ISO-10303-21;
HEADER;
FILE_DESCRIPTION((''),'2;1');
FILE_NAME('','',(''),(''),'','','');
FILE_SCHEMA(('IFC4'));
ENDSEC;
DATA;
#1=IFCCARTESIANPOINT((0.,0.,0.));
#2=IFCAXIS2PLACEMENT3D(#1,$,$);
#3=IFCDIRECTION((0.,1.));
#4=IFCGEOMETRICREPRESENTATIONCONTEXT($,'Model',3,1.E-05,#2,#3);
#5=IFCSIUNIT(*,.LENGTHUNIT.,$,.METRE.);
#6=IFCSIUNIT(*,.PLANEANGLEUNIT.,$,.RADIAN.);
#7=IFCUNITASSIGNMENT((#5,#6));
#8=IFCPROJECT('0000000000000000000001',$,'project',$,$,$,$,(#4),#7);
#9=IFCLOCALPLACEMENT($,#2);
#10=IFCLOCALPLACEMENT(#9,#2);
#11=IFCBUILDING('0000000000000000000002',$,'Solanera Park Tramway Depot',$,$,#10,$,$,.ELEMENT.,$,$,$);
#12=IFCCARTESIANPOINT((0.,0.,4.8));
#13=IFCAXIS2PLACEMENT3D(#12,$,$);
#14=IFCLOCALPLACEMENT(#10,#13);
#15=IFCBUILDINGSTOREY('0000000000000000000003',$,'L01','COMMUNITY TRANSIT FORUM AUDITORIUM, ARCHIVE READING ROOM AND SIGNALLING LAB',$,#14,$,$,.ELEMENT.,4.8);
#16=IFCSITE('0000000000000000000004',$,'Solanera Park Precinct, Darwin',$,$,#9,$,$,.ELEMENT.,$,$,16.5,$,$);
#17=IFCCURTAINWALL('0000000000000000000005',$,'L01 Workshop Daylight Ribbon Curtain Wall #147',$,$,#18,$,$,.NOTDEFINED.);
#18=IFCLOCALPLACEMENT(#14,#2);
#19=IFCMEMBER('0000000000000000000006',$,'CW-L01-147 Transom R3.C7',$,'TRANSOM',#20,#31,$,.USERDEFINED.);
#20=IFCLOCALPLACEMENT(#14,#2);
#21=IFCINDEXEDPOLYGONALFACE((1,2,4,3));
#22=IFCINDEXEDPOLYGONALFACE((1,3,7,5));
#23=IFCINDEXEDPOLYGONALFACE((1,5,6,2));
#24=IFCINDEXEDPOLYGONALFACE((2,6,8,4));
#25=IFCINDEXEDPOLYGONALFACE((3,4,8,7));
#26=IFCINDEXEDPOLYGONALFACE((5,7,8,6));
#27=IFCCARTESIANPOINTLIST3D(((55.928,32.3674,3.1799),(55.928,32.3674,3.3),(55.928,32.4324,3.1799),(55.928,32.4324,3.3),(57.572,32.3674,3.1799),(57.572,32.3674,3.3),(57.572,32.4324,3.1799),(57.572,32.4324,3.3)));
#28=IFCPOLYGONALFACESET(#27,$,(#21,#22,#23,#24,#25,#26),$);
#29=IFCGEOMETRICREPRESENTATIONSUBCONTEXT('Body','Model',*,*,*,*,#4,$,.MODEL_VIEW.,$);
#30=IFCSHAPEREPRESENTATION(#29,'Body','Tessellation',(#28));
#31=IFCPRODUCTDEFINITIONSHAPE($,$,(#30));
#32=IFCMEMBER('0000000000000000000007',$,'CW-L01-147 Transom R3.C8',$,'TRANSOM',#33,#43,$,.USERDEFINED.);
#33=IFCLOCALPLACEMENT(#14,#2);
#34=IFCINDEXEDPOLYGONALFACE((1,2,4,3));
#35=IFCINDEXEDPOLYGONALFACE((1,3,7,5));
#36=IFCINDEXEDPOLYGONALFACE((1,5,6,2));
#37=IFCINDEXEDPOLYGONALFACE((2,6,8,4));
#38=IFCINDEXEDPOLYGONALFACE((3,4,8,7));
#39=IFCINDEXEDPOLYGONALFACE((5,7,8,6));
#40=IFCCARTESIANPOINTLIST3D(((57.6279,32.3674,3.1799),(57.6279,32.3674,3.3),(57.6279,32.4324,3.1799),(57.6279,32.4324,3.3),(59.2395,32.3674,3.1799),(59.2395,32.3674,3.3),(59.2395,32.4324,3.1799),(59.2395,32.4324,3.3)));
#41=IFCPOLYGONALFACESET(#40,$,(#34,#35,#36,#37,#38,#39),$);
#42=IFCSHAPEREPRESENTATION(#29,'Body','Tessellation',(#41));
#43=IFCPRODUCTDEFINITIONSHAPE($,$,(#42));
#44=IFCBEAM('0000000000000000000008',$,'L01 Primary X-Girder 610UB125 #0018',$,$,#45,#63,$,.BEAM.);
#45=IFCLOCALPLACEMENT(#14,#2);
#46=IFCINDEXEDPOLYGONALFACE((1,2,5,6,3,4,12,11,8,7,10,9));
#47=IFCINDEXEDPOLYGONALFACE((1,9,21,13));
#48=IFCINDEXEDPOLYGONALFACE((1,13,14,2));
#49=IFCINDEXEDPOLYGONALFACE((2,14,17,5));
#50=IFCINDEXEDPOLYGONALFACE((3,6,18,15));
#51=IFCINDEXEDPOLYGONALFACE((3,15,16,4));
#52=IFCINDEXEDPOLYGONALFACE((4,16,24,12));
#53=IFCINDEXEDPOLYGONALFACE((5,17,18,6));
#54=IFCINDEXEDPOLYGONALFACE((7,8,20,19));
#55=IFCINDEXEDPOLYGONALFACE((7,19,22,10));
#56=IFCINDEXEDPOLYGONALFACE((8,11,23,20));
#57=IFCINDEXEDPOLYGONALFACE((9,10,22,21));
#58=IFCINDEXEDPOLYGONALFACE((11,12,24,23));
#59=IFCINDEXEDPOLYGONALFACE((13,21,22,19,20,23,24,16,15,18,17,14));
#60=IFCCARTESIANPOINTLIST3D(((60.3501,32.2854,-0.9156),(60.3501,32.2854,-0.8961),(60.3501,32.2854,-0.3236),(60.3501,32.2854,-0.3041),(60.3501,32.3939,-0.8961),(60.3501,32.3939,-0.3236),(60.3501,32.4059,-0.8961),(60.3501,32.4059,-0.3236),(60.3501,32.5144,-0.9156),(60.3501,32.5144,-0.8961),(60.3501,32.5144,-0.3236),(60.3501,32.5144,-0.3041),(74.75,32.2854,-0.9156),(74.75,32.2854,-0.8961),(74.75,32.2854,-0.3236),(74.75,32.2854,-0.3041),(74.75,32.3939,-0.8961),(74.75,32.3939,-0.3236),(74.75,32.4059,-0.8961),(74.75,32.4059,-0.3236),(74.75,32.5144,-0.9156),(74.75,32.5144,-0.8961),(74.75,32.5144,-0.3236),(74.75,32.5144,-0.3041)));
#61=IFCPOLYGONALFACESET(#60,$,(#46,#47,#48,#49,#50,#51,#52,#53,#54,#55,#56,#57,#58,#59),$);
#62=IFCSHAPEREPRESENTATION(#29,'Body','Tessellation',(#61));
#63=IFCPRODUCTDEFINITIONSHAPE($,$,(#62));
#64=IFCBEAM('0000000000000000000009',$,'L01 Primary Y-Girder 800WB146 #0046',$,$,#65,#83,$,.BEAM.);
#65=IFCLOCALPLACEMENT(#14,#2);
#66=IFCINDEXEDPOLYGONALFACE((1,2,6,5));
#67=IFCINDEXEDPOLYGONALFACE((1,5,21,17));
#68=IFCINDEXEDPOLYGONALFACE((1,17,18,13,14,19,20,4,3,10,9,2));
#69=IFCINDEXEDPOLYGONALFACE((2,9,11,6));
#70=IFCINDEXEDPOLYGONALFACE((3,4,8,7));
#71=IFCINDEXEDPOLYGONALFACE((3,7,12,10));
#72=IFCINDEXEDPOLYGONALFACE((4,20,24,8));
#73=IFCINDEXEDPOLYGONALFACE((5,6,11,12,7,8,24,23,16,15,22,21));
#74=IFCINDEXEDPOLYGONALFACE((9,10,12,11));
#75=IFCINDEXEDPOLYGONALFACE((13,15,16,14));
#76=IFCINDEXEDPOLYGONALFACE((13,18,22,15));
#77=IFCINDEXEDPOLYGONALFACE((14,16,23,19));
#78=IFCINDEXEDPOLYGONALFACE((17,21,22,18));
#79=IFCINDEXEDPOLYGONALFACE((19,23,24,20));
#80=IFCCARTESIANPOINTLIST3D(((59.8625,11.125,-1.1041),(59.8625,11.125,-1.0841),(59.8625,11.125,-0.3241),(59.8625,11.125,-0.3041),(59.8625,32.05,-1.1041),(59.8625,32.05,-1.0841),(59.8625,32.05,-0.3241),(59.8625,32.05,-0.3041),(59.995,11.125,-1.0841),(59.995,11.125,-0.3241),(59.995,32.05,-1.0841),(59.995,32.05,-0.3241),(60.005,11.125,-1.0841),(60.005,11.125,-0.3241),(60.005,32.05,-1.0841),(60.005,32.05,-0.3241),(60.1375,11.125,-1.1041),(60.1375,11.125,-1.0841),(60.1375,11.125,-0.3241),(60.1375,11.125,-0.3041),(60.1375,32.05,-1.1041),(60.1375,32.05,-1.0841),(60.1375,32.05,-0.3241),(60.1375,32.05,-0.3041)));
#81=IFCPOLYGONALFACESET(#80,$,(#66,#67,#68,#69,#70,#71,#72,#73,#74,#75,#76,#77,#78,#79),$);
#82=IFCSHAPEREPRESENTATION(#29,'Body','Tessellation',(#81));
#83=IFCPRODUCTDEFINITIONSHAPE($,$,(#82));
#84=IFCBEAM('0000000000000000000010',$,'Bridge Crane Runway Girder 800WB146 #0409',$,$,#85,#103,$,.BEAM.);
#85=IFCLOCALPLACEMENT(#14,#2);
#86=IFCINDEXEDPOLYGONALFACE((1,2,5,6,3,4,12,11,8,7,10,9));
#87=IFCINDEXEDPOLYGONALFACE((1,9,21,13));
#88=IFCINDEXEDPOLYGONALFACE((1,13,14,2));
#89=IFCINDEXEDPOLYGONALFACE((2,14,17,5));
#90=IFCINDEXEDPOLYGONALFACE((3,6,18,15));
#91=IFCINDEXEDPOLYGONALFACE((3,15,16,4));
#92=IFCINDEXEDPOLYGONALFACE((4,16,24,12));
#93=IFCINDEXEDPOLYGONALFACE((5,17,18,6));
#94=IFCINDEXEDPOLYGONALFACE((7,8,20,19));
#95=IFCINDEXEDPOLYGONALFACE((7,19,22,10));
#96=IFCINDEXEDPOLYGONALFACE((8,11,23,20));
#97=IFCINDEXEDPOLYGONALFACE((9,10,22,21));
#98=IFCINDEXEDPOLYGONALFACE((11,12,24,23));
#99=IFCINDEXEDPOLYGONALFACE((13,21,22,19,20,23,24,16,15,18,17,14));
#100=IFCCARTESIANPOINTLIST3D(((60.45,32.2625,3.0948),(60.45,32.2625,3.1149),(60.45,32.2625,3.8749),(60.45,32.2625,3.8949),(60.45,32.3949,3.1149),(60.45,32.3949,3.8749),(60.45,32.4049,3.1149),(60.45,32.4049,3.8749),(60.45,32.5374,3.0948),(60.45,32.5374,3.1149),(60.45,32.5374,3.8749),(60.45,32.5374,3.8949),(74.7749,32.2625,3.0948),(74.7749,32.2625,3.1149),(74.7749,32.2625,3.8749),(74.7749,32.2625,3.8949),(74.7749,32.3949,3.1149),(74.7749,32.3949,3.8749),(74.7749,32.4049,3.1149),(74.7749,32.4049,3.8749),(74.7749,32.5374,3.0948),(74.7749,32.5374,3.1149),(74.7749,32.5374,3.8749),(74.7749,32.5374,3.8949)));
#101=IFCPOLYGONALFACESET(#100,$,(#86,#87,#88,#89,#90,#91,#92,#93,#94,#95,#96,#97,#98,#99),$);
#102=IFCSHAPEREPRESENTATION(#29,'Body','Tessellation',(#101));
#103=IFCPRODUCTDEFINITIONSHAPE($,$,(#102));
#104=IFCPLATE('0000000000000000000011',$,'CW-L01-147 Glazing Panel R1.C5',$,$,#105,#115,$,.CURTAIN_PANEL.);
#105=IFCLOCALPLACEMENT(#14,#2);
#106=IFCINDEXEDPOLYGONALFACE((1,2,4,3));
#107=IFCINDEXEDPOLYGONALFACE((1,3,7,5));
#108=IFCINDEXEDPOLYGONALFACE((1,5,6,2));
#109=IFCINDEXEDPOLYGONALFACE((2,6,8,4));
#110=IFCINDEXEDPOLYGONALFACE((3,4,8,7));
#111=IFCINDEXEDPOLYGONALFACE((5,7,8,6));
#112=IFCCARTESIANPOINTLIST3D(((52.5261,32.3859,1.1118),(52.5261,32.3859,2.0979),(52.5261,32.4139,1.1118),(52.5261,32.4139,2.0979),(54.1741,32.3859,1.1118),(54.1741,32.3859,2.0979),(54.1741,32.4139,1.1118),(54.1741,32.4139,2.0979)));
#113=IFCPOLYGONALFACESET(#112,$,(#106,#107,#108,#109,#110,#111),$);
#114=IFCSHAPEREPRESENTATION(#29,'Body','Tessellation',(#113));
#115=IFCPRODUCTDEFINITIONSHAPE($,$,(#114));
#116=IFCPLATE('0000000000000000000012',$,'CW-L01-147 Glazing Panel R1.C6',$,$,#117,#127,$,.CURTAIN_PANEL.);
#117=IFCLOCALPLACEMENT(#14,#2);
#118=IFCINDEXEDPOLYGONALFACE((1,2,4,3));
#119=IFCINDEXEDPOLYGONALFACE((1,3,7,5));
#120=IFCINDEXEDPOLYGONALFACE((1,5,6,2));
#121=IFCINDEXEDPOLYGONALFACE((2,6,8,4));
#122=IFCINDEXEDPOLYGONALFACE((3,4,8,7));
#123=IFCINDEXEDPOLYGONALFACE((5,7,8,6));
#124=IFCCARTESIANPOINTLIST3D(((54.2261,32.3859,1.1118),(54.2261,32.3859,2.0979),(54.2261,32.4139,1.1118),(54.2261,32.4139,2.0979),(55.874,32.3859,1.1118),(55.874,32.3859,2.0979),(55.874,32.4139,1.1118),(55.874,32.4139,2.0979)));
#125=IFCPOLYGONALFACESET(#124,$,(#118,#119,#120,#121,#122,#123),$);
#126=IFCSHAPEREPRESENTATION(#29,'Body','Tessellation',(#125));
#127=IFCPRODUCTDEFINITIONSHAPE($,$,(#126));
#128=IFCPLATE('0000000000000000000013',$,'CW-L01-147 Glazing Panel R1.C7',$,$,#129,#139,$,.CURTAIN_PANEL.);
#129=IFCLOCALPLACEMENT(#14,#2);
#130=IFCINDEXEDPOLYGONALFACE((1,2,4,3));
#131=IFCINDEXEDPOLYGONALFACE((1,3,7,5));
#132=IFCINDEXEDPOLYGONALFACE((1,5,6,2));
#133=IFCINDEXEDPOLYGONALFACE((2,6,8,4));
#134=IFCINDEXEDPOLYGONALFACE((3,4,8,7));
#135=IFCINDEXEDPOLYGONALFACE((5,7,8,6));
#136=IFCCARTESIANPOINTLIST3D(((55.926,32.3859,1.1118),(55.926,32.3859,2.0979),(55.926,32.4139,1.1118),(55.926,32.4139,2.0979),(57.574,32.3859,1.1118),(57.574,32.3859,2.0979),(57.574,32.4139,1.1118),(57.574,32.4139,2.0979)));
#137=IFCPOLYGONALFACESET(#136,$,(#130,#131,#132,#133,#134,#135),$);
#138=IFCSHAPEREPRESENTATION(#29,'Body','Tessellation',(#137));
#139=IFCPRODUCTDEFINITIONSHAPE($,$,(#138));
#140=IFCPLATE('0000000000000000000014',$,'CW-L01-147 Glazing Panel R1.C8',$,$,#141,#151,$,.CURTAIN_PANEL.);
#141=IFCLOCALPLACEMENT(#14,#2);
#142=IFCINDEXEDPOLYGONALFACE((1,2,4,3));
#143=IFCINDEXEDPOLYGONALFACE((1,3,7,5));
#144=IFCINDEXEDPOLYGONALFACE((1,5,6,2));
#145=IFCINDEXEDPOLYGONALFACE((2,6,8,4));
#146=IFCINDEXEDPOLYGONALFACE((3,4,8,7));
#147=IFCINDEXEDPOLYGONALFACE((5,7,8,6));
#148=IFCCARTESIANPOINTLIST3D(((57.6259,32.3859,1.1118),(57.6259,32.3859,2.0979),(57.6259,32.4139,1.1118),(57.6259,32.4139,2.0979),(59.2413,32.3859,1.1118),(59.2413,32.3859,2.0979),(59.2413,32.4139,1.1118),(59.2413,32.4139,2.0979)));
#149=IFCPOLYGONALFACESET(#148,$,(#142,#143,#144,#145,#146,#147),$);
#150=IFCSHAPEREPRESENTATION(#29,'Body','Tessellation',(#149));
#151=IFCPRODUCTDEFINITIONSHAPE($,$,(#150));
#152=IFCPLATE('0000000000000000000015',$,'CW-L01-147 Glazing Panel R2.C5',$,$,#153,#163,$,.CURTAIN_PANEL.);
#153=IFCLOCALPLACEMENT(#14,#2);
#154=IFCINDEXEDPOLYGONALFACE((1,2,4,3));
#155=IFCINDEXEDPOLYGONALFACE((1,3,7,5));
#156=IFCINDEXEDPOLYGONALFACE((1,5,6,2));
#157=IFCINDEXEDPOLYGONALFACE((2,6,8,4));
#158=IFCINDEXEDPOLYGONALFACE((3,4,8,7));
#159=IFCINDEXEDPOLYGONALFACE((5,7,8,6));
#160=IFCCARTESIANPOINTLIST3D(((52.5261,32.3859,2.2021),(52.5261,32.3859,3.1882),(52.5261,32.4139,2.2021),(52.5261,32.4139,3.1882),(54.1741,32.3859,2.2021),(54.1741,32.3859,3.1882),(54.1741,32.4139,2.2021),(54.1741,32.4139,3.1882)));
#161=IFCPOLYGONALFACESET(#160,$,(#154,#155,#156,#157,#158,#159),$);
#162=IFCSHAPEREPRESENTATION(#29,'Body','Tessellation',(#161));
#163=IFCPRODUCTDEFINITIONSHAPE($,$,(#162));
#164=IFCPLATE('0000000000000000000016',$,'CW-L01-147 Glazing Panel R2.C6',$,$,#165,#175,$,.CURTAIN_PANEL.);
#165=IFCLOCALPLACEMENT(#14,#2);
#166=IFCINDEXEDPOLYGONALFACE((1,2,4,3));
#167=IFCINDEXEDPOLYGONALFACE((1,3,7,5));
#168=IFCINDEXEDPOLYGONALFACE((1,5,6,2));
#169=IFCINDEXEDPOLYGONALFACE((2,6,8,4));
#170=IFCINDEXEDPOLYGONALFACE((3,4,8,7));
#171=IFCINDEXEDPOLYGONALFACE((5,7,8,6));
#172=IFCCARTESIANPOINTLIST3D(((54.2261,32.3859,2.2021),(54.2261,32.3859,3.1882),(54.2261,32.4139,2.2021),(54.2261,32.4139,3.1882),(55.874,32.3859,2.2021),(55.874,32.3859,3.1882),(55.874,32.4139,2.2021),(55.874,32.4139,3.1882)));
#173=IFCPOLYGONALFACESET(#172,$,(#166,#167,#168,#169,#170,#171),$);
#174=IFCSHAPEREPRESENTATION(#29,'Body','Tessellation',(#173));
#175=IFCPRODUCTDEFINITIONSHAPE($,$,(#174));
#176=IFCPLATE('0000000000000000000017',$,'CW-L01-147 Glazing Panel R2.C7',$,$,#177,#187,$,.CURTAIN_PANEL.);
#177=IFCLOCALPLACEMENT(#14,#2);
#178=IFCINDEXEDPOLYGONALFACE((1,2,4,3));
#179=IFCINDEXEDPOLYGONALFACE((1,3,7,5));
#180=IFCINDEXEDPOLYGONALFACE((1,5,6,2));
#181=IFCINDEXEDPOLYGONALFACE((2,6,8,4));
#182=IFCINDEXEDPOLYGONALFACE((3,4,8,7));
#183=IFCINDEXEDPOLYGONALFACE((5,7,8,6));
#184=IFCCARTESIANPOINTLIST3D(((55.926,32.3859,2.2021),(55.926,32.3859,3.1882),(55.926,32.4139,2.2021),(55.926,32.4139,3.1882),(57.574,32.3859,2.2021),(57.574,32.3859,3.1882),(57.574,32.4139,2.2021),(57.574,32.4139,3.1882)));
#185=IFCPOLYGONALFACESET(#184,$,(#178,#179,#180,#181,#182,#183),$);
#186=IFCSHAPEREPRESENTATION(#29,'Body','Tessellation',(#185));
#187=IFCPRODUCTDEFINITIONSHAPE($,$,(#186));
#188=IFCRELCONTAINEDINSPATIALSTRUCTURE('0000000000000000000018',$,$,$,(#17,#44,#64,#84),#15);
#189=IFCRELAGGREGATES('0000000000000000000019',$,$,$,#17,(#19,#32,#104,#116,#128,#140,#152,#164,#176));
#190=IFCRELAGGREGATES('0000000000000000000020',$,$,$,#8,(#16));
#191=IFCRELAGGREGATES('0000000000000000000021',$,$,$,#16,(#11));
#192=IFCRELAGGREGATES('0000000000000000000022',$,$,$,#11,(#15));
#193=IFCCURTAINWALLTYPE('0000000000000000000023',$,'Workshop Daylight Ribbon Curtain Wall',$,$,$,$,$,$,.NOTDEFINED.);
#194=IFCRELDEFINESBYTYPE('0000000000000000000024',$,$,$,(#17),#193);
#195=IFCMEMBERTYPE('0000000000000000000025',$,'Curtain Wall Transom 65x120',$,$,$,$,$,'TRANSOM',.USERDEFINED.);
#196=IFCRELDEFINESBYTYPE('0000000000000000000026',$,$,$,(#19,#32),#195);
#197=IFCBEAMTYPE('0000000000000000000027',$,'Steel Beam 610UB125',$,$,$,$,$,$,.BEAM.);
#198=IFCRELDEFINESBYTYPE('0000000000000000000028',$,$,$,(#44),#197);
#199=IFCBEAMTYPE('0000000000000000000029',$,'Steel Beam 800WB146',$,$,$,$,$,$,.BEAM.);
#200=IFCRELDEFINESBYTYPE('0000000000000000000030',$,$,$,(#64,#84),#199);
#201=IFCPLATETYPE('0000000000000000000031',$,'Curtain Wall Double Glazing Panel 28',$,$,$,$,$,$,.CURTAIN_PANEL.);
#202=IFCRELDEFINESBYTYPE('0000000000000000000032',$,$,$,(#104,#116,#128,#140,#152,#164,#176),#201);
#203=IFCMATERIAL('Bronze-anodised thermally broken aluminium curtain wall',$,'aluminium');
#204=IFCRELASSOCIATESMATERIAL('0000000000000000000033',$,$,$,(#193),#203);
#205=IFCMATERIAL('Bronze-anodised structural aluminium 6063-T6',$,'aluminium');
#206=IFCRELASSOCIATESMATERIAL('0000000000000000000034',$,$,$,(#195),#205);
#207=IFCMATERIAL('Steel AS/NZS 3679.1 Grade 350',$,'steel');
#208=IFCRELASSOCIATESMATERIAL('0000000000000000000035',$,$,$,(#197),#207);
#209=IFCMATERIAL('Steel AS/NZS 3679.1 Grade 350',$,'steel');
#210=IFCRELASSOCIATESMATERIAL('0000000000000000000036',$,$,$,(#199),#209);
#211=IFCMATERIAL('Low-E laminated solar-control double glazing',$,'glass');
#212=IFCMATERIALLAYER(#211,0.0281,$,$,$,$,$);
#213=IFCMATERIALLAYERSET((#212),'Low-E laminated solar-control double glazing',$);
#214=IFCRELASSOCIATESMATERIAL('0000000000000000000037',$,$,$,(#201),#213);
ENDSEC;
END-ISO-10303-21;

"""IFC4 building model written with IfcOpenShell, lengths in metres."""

from ifc_helpers import new_model, si_unit, direction, frame, origin, origin_2d, place, context, subcontext, project, spatial, rectangle, i_section, extrude, material, layer, layer_set, material_profile, profile_set, type_object, element, aggregate, save


model = new_model("IFC4")

# Units and contexts
model_context = context("Model", 3, precision=1e-05, world=origin(), true_north=direction((0.0, 1.0)))
body_context = subcontext(model_context, "Body", "Model", "MODEL_VIEW")
ifc_project = project(units=[si_unit("LENGTHUNIT", "METRE"), si_unit("PLANEANGLEUNIT", "RADIAN")], contexts=[model_context])

# Site, building, storey
site_placement = place(None, origin())
site = spatial("IfcSite", under=ifc_project, at=site_placement, Name="Solanera Park Precinct, Darwin", CompositionType="ELEMENT", RefElevation=16.5)
building_placement = place(site_placement, origin())
building = spatial("IfcBuilding", under=site, at=building_placement, Name="Solanera Park Tramway Depot", CompositionType="ELEMENT")
storey_placement = place(building_placement, frame((0.0, 0.0, 4.8)))
storey = spatial("IfcBuildingStorey", under=building, at=storey_placement, Name="L01", Description="COMMUNITY TRANSIT FORUM AUDITORIUM, ARCHIVE READING ROOM AND SIGNALLING LAB", CompositionType="ELEMENT", Elevation=4.8)

# Curtain wall
ifc_material_1 = material(Name="Bronze-anodised thermally broken aluminium curtain wall", Category="aluminium")
curtain_wall_type = type_object("IfcCurtainWallType", Name="Workshop Daylight Ribbon Curtain Wall", PredefinedType="NOTDEFINED", material=ifc_material_1)
curtain_wall_1_placement = place(storey_placement, origin())
curtain_wall_1 = element("IfcCurtainWall", 1, at=curtain_wall_1_placement, inside=storey, type_object=curtain_wall_type, Name="L01 Workshop Daylight Ribbon Curtain Wall #147", PredefinedType="NOTDEFINED")

# Members
ifc_material_2 = material(Name="Bronze-anodised structural aluminium 6063-T6", Category="aluminium")
ifc_material_profile_1 = material_profile(ifc_material_2, rectangle(XDim=0.0649, YDim=0.1201, at=origin_2d()), Name="Curtain Wall Transom 65x120")
ifc_profile_set_1 = profile_set([ifc_material_profile_1], Name="Bronze-anodised structural aluminium 6063-T6")
member_type_1 = type_object("IfcMemberType", Name="Curtain Wall Transom 65x120", ElementType="TRANSOM", PredefinedType="USERDEFINED", material=ifc_profile_set_1)
member_1_placement = place(storey_placement, frame((55.928, 32.3999, 3.24), z_axis=(1.0, 0.0, 0.0), x_axis=(0.0, 1.0, 0.0)))
member_1 = element("IfcMember", 2, at=member_1_placement, type_object=member_type_1, Name="CW-L01-147 Transom R3.C7", ObjectType="TRANSOM", PredefinedType="USERDEFINED", context=body_context, shape_type="SweptSolid", body=[
    extrude(rectangle(XDim=0.0649, YDim=0.1201, at=origin_2d()), origin(), (0.0, 0.0, 1.0), 1.644),
])
member_2_placement = place(storey_placement, frame((57.6279, 32.3999, 3.24), z_axis=(1.0, 0.0, 0.0), x_axis=(0.0, 1.0, 0.0)))
member_2 = element("IfcMember", 3, at=member_2_placement, type_object=member_type_1, Name="CW-L01-147 Transom R3.C8", ObjectType="TRANSOM", PredefinedType="USERDEFINED", context=body_context, shape_type="SweptSolid", body=[
    extrude(rectangle(XDim=0.0649, YDim=0.1201, at=origin_2d()), origin(), (0.0, 0.0, 1.0), 1.6116),
])

# Beams
ifc_material_3 = material(Name="Steel AS/NZS 3679.1 Grade 350", Category="steel")
ifc_material_profile_2 = material_profile(ifc_material_3, i_section(OverallWidth=0.229, OverallDepth=0.6116, WebThickness=0.012, FlangeThickness=0.0195, at=origin_2d()), Name="610UB125")
ifc_profile_set_2 = profile_set([ifc_material_profile_2], Name="Steel AS/NZS 3679.1 Grade 350")
beam_type_1 = type_object("IfcBeamType", Name="Steel Beam 610UB125", PredefinedType="BEAM", material=ifc_profile_set_2)
beam_1_placement = place(storey_placement, frame((60.3501, 32.3999, -0.6099), z_axis=(1.0, 0.0, 0.0), x_axis=(0.0, 1.0, 0.0)))
element("IfcBeam", 4, at=beam_1_placement, inside=storey, type_object=beam_type_1, Name="L01 Primary X-Girder 610UB125 #0018", PredefinedType="BEAM", context=body_context, shape_type="SweptSolid", body=[
    extrude(i_section(OverallWidth=0.229, OverallDepth=0.6116, WebThickness=0.012, FlangeThickness=0.0195, at=origin_2d()), origin(), (0.0, 0.0, 1.0), 14.3999),
])
ifc_material_4 = material(Name="Steel AS/NZS 3679.1 Grade 350", Category="steel")
ifc_material_profile_3 = material_profile(ifc_material_4, i_section(OverallWidth=0.2749, OverallDepth=0.8, WebThickness=0.01, FlangeThickness=0.02, at=origin_2d()), Name="800WB146")
ifc_profile_set_3 = profile_set([ifc_material_profile_3], Name="Steel AS/NZS 3679.1 Grade 350")
beam_type_2 = type_object("IfcBeamType", Name="Steel Beam 800WB146", PredefinedType="BEAM", material=ifc_profile_set_3)
beam_2_placement = place(storey_placement, frame((60.0, 11.125, -0.7041), z_axis=(0.0, 1.0, 0.0), x_axis=(-1.0, 0.0, 0.0)))
element("IfcBeam", 5, at=beam_2_placement, inside=storey, type_object=beam_type_2, Name="L01 Primary Y-Girder 800WB146 #0046", PredefinedType="BEAM", context=body_context, shape_type="SweptSolid", body=[
    extrude(i_section(OverallWidth=0.2749, OverallDepth=0.8, WebThickness=0.01, FlangeThickness=0.02, at=origin_2d()), origin(), (0.0, 0.0, 1.0), 20.925),
])
beam_3_placement = place(storey_placement, frame((60.45, 32.3999, 3.4949), z_axis=(1.0, 0.0, 0.0), x_axis=(0.0, 1.0, 0.0)))
element("IfcBeam", 6, at=beam_3_placement, inside=storey, type_object=beam_type_2, Name="Bridge Crane Runway Girder 800WB146 #0409", PredefinedType="BEAM", context=body_context, shape_type="SweptSolid", body=[
    extrude(i_section(OverallWidth=0.2749, OverallDepth=0.8, WebThickness=0.01, FlangeThickness=0.02, at=origin_2d()), origin(), (0.0, 0.0, 1.0), 14.325),
])

# Plates
ifc_material_5 = material(Name="Low-E laminated solar-control double glazing", Category="glass")
ifc_layer_1 = layer(ifc_material_5, 0.0281)
ifc_layer_set_1 = layer_set([ifc_layer_1], Name="Low-E laminated solar-control double glazing")
plate_type = type_object("IfcPlateType", Name="Curtain Wall Double Glazing Panel 28", PredefinedType="CURTAIN_PANEL", material=ifc_layer_set_1)
plate_1_placement = place(storey_placement, frame((53.3501, 32.3999, 1.1118), z_axis=(0.0, 0.0, 1.0), x_axis=(1.0, 0.0, 0.0)))
plate_1 = element("IfcPlate", 7, at=plate_1_placement, type_object=plate_type, Name="CW-L01-147 Glazing Panel R1.C5", PredefinedType="CURTAIN_PANEL", context=body_context, shape_type="SweptSolid", body=[
    extrude(rectangle(XDim=1.6479, YDim=0.0281, at=origin_2d()), origin(), (0.0, 0.0, 1.0), 0.9861),
])
plate_2_placement = place(storey_placement, frame((55.05, 32.3999, 1.1118), z_axis=(0.0, 0.0, 1.0), x_axis=(1.0, 0.0, 0.0)))
plate_2 = element("IfcPlate", 8, at=plate_2_placement, type_object=plate_type, Name="CW-L01-147 Glazing Panel R1.C6", PredefinedType="CURTAIN_PANEL", context=body_context, shape_type="SweptSolid", body=[
    extrude(rectangle(XDim=1.6479, YDim=0.0281, at=origin_2d()), origin(), (0.0, 0.0, 1.0), 0.9861),
])
plate_3_placement = place(storey_placement, frame((56.75, 32.3999, 1.1118), z_axis=(0.0, 0.0, 1.0), x_axis=(1.0, 0.0, 0.0)))
plate_3 = element("IfcPlate", 9, at=plate_3_placement, type_object=plate_type, Name="CW-L01-147 Glazing Panel R1.C7", PredefinedType="CURTAIN_PANEL", context=body_context, shape_type="SweptSolid", body=[
    extrude(rectangle(XDim=1.6479, YDim=0.0281, at=origin_2d()), origin(), (0.0, 0.0, 1.0), 0.9861),
])
plate_4_placement = place(storey_placement, frame((58.4336, 32.3999, 1.1118), z_axis=(0.0, 0.0, 1.0), x_axis=(1.0, 0.0, 0.0)))
plate_4 = element("IfcPlate", 10, at=plate_4_placement, type_object=plate_type, Name="CW-L01-147 Glazing Panel R1.C8", PredefinedType="CURTAIN_PANEL", context=body_context, shape_type="SweptSolid", body=[
    extrude(rectangle(XDim=1.6155, YDim=0.0281, at=origin_2d()), origin(), (0.0, 0.0, 1.0), 0.9861),
])
plate_5_placement = place(storey_placement, frame((53.3501, 32.3999, 2.2021), z_axis=(0.0, 0.0, 1.0), x_axis=(1.0, 0.0, 0.0)))
plate_5 = element("IfcPlate", 11, at=plate_5_placement, type_object=plate_type, Name="CW-L01-147 Glazing Panel R2.C5", PredefinedType="CURTAIN_PANEL", context=body_context, shape_type="SweptSolid", body=[
    extrude(rectangle(XDim=1.6479, YDim=0.0281, at=origin_2d()), origin(), (0.0, 0.0, 1.0), 0.9861),
])
plate_6_placement = place(storey_placement, frame((55.05, 32.3999, 2.2021), z_axis=(0.0, 0.0, 1.0), x_axis=(1.0, 0.0, 0.0)))
plate_6 = element("IfcPlate", 12, at=plate_6_placement, type_object=plate_type, Name="CW-L01-147 Glazing Panel R2.C6", PredefinedType="CURTAIN_PANEL", context=body_context, shape_type="SweptSolid", body=[
    extrude(rectangle(XDim=1.6479, YDim=0.0281, at=origin_2d()), origin(), (0.0, 0.0, 1.0), 0.9861),
])
plate_7_placement = place(storey_placement, frame((56.75, 32.3999, 2.2021), z_axis=(0.0, 0.0, 1.0), x_axis=(1.0, 0.0, 0.0)))
plate_7 = element("IfcPlate", 13, at=plate_7_placement, type_object=plate_type, Name="CW-L01-147 Glazing Panel R2.C7", PredefinedType="CURTAIN_PANEL", context=body_context, shape_type="SweptSolid", body=[
    extrude(rectangle(XDim=1.6479, YDim=0.0281, at=origin_2d()), origin(), (0.0, 0.0, 1.0), 0.9861),
])
aggregate(curtain_wall_1, [member_1, member_2, plate_1, plate_2, plate_3, plate_4, plate_5, plate_6, plate_7])

save(model, "model.ifc")
